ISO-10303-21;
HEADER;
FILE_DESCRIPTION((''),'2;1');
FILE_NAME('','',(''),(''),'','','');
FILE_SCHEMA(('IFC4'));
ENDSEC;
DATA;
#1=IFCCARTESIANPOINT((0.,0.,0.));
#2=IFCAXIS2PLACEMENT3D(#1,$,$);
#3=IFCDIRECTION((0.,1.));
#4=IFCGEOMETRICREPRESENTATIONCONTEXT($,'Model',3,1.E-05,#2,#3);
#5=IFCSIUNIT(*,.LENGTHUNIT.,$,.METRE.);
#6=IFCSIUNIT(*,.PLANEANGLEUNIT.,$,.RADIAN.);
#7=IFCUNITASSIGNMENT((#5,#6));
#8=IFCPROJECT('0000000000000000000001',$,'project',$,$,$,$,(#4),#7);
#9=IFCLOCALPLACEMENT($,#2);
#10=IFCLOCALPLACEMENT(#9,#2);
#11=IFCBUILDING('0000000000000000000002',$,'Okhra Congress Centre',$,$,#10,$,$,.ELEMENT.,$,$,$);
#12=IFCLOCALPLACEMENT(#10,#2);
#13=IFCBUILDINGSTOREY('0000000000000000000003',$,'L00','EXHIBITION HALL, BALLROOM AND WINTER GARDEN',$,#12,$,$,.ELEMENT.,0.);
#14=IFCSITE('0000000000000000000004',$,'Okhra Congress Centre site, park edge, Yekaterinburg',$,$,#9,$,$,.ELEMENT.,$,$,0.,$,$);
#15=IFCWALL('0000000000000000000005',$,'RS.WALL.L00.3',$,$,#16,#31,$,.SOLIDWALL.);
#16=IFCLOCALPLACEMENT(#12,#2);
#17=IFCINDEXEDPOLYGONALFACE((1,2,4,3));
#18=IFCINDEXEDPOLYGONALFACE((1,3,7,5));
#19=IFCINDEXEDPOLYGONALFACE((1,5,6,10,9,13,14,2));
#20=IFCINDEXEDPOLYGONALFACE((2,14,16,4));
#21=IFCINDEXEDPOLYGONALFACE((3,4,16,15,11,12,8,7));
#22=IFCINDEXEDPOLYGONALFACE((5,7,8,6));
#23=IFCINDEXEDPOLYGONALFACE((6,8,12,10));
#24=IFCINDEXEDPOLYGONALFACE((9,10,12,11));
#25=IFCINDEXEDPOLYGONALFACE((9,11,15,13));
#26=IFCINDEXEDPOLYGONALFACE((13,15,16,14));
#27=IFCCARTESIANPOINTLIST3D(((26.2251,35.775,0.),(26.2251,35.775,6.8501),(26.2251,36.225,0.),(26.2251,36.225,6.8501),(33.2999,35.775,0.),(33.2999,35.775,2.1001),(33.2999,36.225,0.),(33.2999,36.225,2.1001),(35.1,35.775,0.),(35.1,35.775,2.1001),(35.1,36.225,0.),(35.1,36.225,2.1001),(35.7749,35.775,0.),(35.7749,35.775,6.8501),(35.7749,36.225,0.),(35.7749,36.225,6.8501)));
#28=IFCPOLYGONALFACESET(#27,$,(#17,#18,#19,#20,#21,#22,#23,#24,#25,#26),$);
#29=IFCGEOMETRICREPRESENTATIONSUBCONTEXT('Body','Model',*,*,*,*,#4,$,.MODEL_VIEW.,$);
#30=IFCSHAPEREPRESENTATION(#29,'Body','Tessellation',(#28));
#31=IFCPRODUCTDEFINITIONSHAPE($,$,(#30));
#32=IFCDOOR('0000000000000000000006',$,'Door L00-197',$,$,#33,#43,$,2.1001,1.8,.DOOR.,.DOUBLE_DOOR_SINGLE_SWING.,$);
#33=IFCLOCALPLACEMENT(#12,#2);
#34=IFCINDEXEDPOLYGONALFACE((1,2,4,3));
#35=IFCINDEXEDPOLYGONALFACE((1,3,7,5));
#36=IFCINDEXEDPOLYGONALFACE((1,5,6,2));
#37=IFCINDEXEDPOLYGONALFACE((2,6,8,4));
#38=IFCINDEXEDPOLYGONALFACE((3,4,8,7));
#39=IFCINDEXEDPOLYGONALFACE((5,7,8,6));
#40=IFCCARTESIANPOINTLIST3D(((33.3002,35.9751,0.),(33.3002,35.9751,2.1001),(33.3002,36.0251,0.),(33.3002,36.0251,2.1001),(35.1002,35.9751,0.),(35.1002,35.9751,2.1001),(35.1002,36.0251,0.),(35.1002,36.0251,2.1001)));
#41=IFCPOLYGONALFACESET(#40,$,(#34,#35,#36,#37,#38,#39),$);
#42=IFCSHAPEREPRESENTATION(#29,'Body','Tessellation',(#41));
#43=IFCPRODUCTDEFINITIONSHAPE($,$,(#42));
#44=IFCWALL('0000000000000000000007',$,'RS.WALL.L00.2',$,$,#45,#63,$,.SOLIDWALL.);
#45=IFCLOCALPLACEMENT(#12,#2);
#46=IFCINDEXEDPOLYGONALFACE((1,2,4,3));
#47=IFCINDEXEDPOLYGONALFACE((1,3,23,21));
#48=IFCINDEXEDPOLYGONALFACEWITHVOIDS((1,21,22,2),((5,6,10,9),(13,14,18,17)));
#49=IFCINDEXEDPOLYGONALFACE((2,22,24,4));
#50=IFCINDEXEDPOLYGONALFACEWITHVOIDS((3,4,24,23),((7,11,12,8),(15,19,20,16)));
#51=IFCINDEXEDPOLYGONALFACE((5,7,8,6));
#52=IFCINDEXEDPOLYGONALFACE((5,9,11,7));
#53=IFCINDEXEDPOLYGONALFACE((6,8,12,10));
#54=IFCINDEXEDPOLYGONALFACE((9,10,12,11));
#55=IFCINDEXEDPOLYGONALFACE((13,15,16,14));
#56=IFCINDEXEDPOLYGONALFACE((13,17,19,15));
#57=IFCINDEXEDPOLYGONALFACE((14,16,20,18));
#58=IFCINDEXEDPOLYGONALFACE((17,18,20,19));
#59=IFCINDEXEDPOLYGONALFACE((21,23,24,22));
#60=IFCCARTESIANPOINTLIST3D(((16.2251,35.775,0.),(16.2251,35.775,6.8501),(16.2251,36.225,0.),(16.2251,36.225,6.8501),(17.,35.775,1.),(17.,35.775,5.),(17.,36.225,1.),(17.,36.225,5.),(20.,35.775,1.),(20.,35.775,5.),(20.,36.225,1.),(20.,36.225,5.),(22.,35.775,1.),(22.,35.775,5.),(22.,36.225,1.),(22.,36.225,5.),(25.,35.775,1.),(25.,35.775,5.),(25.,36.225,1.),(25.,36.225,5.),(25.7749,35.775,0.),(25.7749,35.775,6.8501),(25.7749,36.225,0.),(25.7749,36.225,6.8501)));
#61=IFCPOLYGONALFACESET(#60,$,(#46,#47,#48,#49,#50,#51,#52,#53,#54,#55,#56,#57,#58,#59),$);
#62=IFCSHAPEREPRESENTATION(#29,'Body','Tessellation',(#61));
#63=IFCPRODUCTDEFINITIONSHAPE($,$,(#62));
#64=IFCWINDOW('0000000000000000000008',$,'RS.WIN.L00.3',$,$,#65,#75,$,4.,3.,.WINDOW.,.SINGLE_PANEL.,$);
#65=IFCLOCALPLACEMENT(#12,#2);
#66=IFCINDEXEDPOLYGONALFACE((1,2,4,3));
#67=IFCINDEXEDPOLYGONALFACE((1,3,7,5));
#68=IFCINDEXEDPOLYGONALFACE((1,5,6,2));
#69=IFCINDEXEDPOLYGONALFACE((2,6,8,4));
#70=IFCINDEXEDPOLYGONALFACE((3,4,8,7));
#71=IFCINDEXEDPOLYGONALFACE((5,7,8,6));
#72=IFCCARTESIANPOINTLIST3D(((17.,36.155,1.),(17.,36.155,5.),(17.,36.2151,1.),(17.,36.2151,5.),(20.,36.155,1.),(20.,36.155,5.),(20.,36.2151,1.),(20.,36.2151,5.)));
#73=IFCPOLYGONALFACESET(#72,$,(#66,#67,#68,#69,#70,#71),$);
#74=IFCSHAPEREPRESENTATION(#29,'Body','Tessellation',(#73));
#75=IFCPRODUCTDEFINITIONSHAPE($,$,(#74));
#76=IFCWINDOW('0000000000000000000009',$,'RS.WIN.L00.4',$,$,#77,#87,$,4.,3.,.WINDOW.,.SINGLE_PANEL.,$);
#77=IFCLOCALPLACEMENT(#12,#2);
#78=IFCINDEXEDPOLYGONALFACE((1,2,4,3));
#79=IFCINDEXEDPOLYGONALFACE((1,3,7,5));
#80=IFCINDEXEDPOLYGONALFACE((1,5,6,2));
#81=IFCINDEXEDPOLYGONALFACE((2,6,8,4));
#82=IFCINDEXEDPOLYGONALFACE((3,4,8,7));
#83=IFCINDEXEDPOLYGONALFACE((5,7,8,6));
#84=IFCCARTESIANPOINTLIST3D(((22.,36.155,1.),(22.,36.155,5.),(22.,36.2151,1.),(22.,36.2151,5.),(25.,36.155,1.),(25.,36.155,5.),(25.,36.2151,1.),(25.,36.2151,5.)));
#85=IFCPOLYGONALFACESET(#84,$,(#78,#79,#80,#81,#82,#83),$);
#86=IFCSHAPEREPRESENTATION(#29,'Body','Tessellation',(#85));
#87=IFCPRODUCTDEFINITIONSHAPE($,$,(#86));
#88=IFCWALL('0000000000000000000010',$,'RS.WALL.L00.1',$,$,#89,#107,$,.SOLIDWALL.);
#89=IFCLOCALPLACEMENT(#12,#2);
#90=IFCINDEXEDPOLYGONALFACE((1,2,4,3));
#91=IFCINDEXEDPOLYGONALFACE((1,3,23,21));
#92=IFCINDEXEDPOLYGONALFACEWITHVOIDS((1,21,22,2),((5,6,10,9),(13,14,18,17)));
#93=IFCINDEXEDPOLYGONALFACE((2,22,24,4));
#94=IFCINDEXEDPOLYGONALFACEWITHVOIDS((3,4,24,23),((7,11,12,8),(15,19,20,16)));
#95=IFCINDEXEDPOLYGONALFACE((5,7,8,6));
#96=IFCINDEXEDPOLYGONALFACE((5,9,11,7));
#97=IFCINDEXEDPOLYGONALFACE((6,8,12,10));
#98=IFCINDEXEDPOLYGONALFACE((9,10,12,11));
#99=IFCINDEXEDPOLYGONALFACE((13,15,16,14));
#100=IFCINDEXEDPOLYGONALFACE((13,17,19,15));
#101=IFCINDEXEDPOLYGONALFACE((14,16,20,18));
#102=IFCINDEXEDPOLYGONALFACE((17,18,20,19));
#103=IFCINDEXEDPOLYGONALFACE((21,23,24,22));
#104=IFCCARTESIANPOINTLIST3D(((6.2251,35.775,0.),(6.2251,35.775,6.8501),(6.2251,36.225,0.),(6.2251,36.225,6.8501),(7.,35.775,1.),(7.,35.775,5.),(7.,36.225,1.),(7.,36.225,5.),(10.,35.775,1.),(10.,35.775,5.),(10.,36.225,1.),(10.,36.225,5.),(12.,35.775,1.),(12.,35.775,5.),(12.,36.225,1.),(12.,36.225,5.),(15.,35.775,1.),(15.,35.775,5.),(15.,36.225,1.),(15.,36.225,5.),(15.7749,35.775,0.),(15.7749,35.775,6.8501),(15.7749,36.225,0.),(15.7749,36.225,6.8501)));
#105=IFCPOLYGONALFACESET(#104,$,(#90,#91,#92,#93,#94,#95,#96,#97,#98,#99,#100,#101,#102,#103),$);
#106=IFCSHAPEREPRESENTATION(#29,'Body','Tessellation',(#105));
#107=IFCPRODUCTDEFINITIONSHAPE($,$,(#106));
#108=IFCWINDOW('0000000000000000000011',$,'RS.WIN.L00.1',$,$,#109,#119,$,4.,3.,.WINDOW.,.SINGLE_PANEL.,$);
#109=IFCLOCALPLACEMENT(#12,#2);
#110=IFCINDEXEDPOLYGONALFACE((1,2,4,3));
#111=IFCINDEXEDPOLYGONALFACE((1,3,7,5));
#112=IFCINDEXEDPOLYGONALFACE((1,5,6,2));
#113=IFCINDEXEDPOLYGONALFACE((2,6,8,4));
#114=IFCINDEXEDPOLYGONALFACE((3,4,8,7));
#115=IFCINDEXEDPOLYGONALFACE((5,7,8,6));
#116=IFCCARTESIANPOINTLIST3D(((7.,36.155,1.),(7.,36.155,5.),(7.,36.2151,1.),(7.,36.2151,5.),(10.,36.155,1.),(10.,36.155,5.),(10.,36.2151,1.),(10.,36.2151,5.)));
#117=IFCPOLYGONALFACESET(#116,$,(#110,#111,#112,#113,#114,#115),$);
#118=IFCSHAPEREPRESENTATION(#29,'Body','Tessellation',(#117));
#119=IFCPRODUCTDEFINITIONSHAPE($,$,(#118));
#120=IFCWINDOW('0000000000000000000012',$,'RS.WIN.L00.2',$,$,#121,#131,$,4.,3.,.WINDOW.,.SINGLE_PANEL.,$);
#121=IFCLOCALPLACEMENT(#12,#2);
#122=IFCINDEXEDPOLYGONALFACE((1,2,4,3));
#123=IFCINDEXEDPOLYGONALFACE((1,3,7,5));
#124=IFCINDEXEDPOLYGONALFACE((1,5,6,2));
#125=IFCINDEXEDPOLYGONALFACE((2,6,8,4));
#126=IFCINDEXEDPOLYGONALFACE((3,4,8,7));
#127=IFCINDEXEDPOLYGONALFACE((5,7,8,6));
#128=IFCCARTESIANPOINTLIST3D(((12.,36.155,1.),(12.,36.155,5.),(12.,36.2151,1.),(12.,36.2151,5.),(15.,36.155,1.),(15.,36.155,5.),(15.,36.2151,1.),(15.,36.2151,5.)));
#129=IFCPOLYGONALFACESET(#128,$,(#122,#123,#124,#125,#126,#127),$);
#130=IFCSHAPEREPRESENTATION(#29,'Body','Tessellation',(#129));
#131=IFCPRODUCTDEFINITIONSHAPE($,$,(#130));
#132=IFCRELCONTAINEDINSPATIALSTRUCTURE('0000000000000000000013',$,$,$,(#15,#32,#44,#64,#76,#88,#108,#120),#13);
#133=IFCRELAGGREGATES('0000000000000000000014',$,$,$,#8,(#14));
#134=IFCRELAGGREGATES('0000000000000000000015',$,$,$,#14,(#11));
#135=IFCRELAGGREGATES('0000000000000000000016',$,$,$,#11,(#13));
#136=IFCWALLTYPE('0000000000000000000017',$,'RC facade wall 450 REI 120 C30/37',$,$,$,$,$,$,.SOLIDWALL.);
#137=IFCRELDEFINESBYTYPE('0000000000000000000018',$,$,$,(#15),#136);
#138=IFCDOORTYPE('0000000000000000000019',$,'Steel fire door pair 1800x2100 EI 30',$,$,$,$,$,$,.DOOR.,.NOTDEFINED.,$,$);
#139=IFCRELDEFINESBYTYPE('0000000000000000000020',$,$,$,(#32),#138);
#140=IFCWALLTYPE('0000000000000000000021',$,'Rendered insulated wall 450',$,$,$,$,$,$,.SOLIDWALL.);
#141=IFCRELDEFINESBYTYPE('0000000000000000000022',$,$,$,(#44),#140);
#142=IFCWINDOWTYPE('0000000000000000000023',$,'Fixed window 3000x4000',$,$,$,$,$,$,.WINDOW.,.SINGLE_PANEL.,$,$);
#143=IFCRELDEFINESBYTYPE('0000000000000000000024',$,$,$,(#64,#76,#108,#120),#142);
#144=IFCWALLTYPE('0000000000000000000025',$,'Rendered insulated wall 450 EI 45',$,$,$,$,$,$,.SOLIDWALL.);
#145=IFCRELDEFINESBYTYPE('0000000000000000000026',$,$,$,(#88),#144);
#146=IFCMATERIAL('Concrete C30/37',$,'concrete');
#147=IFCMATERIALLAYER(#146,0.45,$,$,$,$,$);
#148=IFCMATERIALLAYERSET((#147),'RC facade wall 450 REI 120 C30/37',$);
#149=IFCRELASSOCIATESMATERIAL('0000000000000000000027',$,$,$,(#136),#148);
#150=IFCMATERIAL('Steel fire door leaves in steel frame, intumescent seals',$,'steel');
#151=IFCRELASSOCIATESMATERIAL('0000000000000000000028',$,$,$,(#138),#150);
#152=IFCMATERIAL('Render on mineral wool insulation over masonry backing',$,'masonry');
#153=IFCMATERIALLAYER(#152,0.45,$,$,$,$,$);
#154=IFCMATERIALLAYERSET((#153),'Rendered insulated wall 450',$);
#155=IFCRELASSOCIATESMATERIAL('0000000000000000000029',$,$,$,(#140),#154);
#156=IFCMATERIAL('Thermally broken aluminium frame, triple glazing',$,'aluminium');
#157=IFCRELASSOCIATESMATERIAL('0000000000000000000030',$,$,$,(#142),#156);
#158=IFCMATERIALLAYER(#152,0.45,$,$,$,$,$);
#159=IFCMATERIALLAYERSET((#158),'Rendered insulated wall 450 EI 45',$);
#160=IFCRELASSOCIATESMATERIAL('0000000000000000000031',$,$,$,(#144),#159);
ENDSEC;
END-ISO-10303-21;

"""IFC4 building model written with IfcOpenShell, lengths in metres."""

from ifc_helpers import new_model, si_unit, direction, frame, frame_2d, origin, place, context, subcontext, project, spatial, rectangle, extrude, material, layer, layer_set, type_object, element, fill, save


model = new_model("IFC4")

# Units and contexts
model_context = context("Model", 3, precision=1e-05, world=origin(), true_north=direction((0.0, 1.0)))
body_context = subcontext(model_context, "Body", "Model", "MODEL_VIEW")
ifc_project = project(units=[si_unit("LENGTHUNIT", "METRE"), si_unit("PLANEANGLEUNIT", "RADIAN")], contexts=[model_context])

# Site, building, storey
site_placement = place(None, origin())
site = spatial("IfcSite", under=ifc_project, at=site_placement, Name="Okhra Congress Centre site, park edge, Yekaterinburg", CompositionType="ELEMENT", RefElevation=0.0)
building_placement = place(site_placement, origin())
building = spatial("IfcBuilding", under=site, at=building_placement, Name="Okhra Congress Centre", CompositionType="ELEMENT")
storey_placement = place(building_placement, origin())
storey = spatial("IfcBuildingStorey", under=building, at=storey_placement, Name="L00", Description="EXHIBITION HALL, BALLROOM AND WINTER GARDEN", CompositionType="ELEMENT", Elevation=0.0)

# Shared definitions
ifc_material_1 = material(Name="Concrete C30/37", Category="concrete")

# Wall, opening, door
ifc_layer_1 = layer(ifc_material_1, 0.45)
ifc_layer_set_1 = layer_set([ifc_layer_1], Name="RC facade wall 450 REI 120 C30/37")
wall_type_1 = type_object("IfcWallType", Name="RC facade wall 450 REI 120 C30/37", PredefinedType="SOLIDWALL", material=ifc_layer_set_1)
wall_1_placement = place(storey_placement, frame((26.2251, 36.0, 0.0), z_axis=(0.0, 0.0, 1.0), x_axis=(1.0, 0.0, 0.0)))
wall_1 = element("IfcWall", 1, at=wall_1_placement, inside=storey, type_object=wall_type_1, Name="RS.WALL.L00.3", PredefinedType="SOLIDWALL", context=body_context, shape_type="SweptSolid", body=[
    extrude(rectangle(XDim=9.5498, YDim=0.45, at=frame_2d((4.7749, 0.0))), origin(), (0.0, 0.0, 1.0), 6.8501),
])
opening_1_placement = place(wall_1_placement, frame((7.075, 0.0, 0.0)))
opening_1 = element("IfcOpeningElement", 2, at=opening_1_placement, cuts=wall_1, PredefinedType="OPENING", context=body_context, shape_type="SweptSolid", body=[
    extrude(rectangle(XDim=1.8, YDim=2.1001, at=frame_2d((0.8999, 1.05))), frame((0.0, 0.2349, 0.0), z_axis=(0.0, -1.0, 0.0), x_axis=(1.0, 0.0, 0.0)), (0.0, 0.0, 1.0), 0.47),
])
ifc_material_2 = material(Name="Steel fire door leaves in steel frame, intumescent seals", Category="steel")
door_type = type_object("IfcDoorType", Name="Steel fire door pair 1800x2100 EI 30", OperationType="NOTDEFINED", PredefinedType="DOOR", material=ifc_material_2)
door_placement = place(opening_1_placement, frame((1.8, 0.0, 0.0), z_axis=(0.0, 0.0, 1.0), x_axis=(-1.0, 0.0, 0.0)))
door = element("IfcDoor", 3, at=door_placement, inside=storey, type_object=door_type, Name="Door L00-197", OperationType="DOUBLE_DOOR_SINGLE_SWING", OverallHeight=2.1001, OverallWidth=1.8, PredefinedType="DOOR", context=body_context, shape_type="SweptSolid", body=[
    extrude(rectangle(XDim=1.8, YDim=2.1001, at=frame_2d((0.8999, 1.05))), frame((0.0, 0.0249, 0.0), z_axis=(0.0, -1.0, 0.0), x_axis=(1.0, 0.0, 0.0)), (0.0, 0.0, 1.0), 0.05),
])
fill(opening_1, door)

# Walls, openings, windows
ifc_material_3 = material(Name="Render on mineral wool insulation over masonry backing", Category="masonry")
ifc_layer_2 = layer(ifc_material_3, 0.45)
ifc_layer_set_2 = layer_set([ifc_layer_2], Name="Rendered insulated wall 450")
wall_type_2 = type_object("IfcWallType", Name="Rendered insulated wall 450", PredefinedType="SOLIDWALL", material=ifc_layer_set_2)
wall_2_placement = place(storey_placement, frame((16.2251, 36.0, 0.0), z_axis=(0.0, 0.0, 1.0), x_axis=(1.0, 0.0, 0.0)))
wall_2 = element("IfcWall", 4, at=wall_2_placement, inside=storey, type_object=wall_type_2, Name="RS.WALL.L00.2", PredefinedType="SOLIDWALL", context=body_context, shape_type="SweptSolid", body=[
    extrude(rectangle(XDim=9.5498, YDim=0.45, at=frame_2d((4.7749, 0.0))), origin(), (0.0, 0.0, 1.0), 6.8501),
])
opening_2_placement = place(wall_2_placement, frame((0.7749, 0.0, 1.0)))
opening_2 = element("IfcOpeningElement", 5, at=opening_2_placement, cuts=wall_2, PredefinedType="OPENING", context=body_context, shape_type="SweptSolid", body=[
    extrude(rectangle(XDim=3.0, YDim=4.0, at=frame_2d((1.5, 2.0))), frame((0.0, 0.2349, 0.0), z_axis=(0.0, -1.0, 0.0), x_axis=(1.0, 0.0, 0.0)), (0.0, 0.0, 1.0), 0.47),
])
opening_3_placement = place(wall_2_placement, frame((5.7749, 0.0, 1.0)))
opening_3 = element("IfcOpeningElement", 6, at=opening_3_placement, cuts=wall_2, PredefinedType="OPENING", context=body_context, shape_type="SweptSolid", body=[
    extrude(rectangle(XDim=3.0, YDim=4.0, at=frame_2d((1.5, 2.0))), frame((0.0, 0.2349, 0.0), z_axis=(0.0, -1.0, 0.0), x_axis=(1.0, 0.0, 0.0)), (0.0, 0.0, 1.0), 0.47),
])
ifc_material_4 = material(Name="Thermally broken aluminium frame, triple glazing", Category="aluminium")
window_type = type_object("IfcWindowType", Name="Fixed window 3000x4000", PartitioningType="SINGLE_PANEL", PredefinedType="WINDOW", material=ifc_material_4)
window_1_placement = place(opening_2_placement, origin())
window_1 = element("IfcWindow", 7, at=window_1_placement, inside=storey, type_object=window_type, Name="RS.WIN.L00.3", OverallHeight=4.0, OverallWidth=3.0, PartitioningType="SINGLE_PANEL", PredefinedType="WINDOW", context=body_context, shape_type="SweptSolid", body=[
    extrude(rectangle(XDim=3.0, YDim=4.0, at=frame_2d((1.5, 2.0))), frame((0.0, 0.2151, 0.0), z_axis=(0.0, -1.0, 0.0), x_axis=(1.0, 0.0, 0.0)), (0.0, 0.0, 1.0), 0.0601),
])
fill(opening_2, window_1)
window_2_placement = place(opening_3_placement, origin())
window_2 = element("IfcWindow", 8, at=window_2_placement, inside=storey, type_object=window_type, Name="RS.WIN.L00.4", OverallHeight=4.0, OverallWidth=3.0, PartitioningType="SINGLE_PANEL", PredefinedType="WINDOW", context=body_context, shape_type="SweptSolid", body=[
    extrude(rectangle(XDim=3.0, YDim=4.0, at=frame_2d((1.5, 2.0))), frame((0.0, 0.2151, 0.0), z_axis=(0.0, -1.0, 0.0), x_axis=(1.0, 0.0, 0.0)), (0.0, 0.0, 1.0), 0.0601),
])
fill(opening_3, window_2)
ifc_layer_3 = layer(ifc_material_3, 0.45)
ifc_layer_set_3 = layer_set([ifc_layer_3], Name="Rendered insulated wall 450 EI 45")
wall_type_3 = type_object("IfcWallType", Name="Rendered insulated wall 450 EI 45", PredefinedType="SOLIDWALL", material=ifc_layer_set_3)
wall_3_placement = place(storey_placement, frame((6.2251, 36.0, 0.0), z_axis=(0.0, 0.0, 1.0), x_axis=(1.0, 0.0, 0.0)))
wall_3 = element("IfcWall", 9, at=wall_3_placement, inside=storey, type_object=wall_type_3, Name="RS.WALL.L00.1", PredefinedType="SOLIDWALL", context=body_context, shape_type="SweptSolid", body=[
    extrude(rectangle(XDim=9.5498, YDim=0.45, at=frame_2d((4.7749, 0.0))), origin(), (0.0, 0.0, 1.0), 6.8501),
])
opening_4_placement = place(wall_3_placement, frame((0.7749, 0.0, 1.0)))
opening_4 = element("IfcOpeningElement", 10, at=opening_4_placement, cuts=wall_3, PredefinedType="OPENING", context=body_context, shape_type="SweptSolid", body=[
    extrude(rectangle(XDim=3.0, YDim=4.0, at=frame_2d((1.5, 2.0))), frame((0.0, 0.2349, 0.0), z_axis=(0.0, -1.0, 0.0), x_axis=(1.0, 0.0, 0.0)), (0.0, 0.0, 1.0), 0.47),
])
opening_5_placement = place(wall_3_placement, frame((5.7749, 0.0, 1.0)))
opening_5 = element("IfcOpeningElement", 11, at=opening_5_placement, cuts=wall_3, PredefinedType="OPENING", context=body_context, shape_type="SweptSolid", body=[
    extrude(rectangle(XDim=3.0, YDim=4.0, at=frame_2d((1.5, 2.0))), frame((0.0, 0.2349, 0.0), z_axis=(0.0, -1.0, 0.0), x_axis=(1.0, 0.0, 0.0)), (0.0, 0.0, 1.0), 0.47),
])
window_3_placement = place(opening_4_placement, origin())
window_3 = element("IfcWindow", 12, at=window_3_placement, inside=storey, type_object=window_type, Name="RS.WIN.L00.1", OverallHeight=4.0, OverallWidth=3.0, PartitioningType="SINGLE_PANEL", PredefinedType="WINDOW", context=body_context, shape_type="SweptSolid", body=[
    extrude(rectangle(XDim=3.0, YDim=4.0, at=frame_2d((1.5, 2.0))), frame((0.0, 0.2151, 0.0), z_axis=(0.0, -1.0, 0.0), x_axis=(1.0, 0.0, 0.0)), (0.0, 0.0, 1.0), 0.0601),
])
fill(opening_4, window_3)
window_4_placement = place(opening_5_placement, origin())
window_4 = element("IfcWindow", 13, at=window_4_placement, inside=storey, type_object=window_type, Name="RS.WIN.L00.2", OverallHeight=4.0, OverallWidth=3.0, PartitioningType="SINGLE_PANEL", PredefinedType="WINDOW", context=body_context, shape_type="SweptSolid", body=[
    extrude(rectangle(XDim=3.0, YDim=4.0, at=frame_2d((1.5, 2.0))), frame((0.0, 0.2151, 0.0), z_axis=(0.0, -1.0, 0.0), x_axis=(1.0, 0.0, 0.0)), (0.0, 0.0, 1.0), 0.0601),
])
fill(opening_5, window_4)

save(model, "model.ifc")
